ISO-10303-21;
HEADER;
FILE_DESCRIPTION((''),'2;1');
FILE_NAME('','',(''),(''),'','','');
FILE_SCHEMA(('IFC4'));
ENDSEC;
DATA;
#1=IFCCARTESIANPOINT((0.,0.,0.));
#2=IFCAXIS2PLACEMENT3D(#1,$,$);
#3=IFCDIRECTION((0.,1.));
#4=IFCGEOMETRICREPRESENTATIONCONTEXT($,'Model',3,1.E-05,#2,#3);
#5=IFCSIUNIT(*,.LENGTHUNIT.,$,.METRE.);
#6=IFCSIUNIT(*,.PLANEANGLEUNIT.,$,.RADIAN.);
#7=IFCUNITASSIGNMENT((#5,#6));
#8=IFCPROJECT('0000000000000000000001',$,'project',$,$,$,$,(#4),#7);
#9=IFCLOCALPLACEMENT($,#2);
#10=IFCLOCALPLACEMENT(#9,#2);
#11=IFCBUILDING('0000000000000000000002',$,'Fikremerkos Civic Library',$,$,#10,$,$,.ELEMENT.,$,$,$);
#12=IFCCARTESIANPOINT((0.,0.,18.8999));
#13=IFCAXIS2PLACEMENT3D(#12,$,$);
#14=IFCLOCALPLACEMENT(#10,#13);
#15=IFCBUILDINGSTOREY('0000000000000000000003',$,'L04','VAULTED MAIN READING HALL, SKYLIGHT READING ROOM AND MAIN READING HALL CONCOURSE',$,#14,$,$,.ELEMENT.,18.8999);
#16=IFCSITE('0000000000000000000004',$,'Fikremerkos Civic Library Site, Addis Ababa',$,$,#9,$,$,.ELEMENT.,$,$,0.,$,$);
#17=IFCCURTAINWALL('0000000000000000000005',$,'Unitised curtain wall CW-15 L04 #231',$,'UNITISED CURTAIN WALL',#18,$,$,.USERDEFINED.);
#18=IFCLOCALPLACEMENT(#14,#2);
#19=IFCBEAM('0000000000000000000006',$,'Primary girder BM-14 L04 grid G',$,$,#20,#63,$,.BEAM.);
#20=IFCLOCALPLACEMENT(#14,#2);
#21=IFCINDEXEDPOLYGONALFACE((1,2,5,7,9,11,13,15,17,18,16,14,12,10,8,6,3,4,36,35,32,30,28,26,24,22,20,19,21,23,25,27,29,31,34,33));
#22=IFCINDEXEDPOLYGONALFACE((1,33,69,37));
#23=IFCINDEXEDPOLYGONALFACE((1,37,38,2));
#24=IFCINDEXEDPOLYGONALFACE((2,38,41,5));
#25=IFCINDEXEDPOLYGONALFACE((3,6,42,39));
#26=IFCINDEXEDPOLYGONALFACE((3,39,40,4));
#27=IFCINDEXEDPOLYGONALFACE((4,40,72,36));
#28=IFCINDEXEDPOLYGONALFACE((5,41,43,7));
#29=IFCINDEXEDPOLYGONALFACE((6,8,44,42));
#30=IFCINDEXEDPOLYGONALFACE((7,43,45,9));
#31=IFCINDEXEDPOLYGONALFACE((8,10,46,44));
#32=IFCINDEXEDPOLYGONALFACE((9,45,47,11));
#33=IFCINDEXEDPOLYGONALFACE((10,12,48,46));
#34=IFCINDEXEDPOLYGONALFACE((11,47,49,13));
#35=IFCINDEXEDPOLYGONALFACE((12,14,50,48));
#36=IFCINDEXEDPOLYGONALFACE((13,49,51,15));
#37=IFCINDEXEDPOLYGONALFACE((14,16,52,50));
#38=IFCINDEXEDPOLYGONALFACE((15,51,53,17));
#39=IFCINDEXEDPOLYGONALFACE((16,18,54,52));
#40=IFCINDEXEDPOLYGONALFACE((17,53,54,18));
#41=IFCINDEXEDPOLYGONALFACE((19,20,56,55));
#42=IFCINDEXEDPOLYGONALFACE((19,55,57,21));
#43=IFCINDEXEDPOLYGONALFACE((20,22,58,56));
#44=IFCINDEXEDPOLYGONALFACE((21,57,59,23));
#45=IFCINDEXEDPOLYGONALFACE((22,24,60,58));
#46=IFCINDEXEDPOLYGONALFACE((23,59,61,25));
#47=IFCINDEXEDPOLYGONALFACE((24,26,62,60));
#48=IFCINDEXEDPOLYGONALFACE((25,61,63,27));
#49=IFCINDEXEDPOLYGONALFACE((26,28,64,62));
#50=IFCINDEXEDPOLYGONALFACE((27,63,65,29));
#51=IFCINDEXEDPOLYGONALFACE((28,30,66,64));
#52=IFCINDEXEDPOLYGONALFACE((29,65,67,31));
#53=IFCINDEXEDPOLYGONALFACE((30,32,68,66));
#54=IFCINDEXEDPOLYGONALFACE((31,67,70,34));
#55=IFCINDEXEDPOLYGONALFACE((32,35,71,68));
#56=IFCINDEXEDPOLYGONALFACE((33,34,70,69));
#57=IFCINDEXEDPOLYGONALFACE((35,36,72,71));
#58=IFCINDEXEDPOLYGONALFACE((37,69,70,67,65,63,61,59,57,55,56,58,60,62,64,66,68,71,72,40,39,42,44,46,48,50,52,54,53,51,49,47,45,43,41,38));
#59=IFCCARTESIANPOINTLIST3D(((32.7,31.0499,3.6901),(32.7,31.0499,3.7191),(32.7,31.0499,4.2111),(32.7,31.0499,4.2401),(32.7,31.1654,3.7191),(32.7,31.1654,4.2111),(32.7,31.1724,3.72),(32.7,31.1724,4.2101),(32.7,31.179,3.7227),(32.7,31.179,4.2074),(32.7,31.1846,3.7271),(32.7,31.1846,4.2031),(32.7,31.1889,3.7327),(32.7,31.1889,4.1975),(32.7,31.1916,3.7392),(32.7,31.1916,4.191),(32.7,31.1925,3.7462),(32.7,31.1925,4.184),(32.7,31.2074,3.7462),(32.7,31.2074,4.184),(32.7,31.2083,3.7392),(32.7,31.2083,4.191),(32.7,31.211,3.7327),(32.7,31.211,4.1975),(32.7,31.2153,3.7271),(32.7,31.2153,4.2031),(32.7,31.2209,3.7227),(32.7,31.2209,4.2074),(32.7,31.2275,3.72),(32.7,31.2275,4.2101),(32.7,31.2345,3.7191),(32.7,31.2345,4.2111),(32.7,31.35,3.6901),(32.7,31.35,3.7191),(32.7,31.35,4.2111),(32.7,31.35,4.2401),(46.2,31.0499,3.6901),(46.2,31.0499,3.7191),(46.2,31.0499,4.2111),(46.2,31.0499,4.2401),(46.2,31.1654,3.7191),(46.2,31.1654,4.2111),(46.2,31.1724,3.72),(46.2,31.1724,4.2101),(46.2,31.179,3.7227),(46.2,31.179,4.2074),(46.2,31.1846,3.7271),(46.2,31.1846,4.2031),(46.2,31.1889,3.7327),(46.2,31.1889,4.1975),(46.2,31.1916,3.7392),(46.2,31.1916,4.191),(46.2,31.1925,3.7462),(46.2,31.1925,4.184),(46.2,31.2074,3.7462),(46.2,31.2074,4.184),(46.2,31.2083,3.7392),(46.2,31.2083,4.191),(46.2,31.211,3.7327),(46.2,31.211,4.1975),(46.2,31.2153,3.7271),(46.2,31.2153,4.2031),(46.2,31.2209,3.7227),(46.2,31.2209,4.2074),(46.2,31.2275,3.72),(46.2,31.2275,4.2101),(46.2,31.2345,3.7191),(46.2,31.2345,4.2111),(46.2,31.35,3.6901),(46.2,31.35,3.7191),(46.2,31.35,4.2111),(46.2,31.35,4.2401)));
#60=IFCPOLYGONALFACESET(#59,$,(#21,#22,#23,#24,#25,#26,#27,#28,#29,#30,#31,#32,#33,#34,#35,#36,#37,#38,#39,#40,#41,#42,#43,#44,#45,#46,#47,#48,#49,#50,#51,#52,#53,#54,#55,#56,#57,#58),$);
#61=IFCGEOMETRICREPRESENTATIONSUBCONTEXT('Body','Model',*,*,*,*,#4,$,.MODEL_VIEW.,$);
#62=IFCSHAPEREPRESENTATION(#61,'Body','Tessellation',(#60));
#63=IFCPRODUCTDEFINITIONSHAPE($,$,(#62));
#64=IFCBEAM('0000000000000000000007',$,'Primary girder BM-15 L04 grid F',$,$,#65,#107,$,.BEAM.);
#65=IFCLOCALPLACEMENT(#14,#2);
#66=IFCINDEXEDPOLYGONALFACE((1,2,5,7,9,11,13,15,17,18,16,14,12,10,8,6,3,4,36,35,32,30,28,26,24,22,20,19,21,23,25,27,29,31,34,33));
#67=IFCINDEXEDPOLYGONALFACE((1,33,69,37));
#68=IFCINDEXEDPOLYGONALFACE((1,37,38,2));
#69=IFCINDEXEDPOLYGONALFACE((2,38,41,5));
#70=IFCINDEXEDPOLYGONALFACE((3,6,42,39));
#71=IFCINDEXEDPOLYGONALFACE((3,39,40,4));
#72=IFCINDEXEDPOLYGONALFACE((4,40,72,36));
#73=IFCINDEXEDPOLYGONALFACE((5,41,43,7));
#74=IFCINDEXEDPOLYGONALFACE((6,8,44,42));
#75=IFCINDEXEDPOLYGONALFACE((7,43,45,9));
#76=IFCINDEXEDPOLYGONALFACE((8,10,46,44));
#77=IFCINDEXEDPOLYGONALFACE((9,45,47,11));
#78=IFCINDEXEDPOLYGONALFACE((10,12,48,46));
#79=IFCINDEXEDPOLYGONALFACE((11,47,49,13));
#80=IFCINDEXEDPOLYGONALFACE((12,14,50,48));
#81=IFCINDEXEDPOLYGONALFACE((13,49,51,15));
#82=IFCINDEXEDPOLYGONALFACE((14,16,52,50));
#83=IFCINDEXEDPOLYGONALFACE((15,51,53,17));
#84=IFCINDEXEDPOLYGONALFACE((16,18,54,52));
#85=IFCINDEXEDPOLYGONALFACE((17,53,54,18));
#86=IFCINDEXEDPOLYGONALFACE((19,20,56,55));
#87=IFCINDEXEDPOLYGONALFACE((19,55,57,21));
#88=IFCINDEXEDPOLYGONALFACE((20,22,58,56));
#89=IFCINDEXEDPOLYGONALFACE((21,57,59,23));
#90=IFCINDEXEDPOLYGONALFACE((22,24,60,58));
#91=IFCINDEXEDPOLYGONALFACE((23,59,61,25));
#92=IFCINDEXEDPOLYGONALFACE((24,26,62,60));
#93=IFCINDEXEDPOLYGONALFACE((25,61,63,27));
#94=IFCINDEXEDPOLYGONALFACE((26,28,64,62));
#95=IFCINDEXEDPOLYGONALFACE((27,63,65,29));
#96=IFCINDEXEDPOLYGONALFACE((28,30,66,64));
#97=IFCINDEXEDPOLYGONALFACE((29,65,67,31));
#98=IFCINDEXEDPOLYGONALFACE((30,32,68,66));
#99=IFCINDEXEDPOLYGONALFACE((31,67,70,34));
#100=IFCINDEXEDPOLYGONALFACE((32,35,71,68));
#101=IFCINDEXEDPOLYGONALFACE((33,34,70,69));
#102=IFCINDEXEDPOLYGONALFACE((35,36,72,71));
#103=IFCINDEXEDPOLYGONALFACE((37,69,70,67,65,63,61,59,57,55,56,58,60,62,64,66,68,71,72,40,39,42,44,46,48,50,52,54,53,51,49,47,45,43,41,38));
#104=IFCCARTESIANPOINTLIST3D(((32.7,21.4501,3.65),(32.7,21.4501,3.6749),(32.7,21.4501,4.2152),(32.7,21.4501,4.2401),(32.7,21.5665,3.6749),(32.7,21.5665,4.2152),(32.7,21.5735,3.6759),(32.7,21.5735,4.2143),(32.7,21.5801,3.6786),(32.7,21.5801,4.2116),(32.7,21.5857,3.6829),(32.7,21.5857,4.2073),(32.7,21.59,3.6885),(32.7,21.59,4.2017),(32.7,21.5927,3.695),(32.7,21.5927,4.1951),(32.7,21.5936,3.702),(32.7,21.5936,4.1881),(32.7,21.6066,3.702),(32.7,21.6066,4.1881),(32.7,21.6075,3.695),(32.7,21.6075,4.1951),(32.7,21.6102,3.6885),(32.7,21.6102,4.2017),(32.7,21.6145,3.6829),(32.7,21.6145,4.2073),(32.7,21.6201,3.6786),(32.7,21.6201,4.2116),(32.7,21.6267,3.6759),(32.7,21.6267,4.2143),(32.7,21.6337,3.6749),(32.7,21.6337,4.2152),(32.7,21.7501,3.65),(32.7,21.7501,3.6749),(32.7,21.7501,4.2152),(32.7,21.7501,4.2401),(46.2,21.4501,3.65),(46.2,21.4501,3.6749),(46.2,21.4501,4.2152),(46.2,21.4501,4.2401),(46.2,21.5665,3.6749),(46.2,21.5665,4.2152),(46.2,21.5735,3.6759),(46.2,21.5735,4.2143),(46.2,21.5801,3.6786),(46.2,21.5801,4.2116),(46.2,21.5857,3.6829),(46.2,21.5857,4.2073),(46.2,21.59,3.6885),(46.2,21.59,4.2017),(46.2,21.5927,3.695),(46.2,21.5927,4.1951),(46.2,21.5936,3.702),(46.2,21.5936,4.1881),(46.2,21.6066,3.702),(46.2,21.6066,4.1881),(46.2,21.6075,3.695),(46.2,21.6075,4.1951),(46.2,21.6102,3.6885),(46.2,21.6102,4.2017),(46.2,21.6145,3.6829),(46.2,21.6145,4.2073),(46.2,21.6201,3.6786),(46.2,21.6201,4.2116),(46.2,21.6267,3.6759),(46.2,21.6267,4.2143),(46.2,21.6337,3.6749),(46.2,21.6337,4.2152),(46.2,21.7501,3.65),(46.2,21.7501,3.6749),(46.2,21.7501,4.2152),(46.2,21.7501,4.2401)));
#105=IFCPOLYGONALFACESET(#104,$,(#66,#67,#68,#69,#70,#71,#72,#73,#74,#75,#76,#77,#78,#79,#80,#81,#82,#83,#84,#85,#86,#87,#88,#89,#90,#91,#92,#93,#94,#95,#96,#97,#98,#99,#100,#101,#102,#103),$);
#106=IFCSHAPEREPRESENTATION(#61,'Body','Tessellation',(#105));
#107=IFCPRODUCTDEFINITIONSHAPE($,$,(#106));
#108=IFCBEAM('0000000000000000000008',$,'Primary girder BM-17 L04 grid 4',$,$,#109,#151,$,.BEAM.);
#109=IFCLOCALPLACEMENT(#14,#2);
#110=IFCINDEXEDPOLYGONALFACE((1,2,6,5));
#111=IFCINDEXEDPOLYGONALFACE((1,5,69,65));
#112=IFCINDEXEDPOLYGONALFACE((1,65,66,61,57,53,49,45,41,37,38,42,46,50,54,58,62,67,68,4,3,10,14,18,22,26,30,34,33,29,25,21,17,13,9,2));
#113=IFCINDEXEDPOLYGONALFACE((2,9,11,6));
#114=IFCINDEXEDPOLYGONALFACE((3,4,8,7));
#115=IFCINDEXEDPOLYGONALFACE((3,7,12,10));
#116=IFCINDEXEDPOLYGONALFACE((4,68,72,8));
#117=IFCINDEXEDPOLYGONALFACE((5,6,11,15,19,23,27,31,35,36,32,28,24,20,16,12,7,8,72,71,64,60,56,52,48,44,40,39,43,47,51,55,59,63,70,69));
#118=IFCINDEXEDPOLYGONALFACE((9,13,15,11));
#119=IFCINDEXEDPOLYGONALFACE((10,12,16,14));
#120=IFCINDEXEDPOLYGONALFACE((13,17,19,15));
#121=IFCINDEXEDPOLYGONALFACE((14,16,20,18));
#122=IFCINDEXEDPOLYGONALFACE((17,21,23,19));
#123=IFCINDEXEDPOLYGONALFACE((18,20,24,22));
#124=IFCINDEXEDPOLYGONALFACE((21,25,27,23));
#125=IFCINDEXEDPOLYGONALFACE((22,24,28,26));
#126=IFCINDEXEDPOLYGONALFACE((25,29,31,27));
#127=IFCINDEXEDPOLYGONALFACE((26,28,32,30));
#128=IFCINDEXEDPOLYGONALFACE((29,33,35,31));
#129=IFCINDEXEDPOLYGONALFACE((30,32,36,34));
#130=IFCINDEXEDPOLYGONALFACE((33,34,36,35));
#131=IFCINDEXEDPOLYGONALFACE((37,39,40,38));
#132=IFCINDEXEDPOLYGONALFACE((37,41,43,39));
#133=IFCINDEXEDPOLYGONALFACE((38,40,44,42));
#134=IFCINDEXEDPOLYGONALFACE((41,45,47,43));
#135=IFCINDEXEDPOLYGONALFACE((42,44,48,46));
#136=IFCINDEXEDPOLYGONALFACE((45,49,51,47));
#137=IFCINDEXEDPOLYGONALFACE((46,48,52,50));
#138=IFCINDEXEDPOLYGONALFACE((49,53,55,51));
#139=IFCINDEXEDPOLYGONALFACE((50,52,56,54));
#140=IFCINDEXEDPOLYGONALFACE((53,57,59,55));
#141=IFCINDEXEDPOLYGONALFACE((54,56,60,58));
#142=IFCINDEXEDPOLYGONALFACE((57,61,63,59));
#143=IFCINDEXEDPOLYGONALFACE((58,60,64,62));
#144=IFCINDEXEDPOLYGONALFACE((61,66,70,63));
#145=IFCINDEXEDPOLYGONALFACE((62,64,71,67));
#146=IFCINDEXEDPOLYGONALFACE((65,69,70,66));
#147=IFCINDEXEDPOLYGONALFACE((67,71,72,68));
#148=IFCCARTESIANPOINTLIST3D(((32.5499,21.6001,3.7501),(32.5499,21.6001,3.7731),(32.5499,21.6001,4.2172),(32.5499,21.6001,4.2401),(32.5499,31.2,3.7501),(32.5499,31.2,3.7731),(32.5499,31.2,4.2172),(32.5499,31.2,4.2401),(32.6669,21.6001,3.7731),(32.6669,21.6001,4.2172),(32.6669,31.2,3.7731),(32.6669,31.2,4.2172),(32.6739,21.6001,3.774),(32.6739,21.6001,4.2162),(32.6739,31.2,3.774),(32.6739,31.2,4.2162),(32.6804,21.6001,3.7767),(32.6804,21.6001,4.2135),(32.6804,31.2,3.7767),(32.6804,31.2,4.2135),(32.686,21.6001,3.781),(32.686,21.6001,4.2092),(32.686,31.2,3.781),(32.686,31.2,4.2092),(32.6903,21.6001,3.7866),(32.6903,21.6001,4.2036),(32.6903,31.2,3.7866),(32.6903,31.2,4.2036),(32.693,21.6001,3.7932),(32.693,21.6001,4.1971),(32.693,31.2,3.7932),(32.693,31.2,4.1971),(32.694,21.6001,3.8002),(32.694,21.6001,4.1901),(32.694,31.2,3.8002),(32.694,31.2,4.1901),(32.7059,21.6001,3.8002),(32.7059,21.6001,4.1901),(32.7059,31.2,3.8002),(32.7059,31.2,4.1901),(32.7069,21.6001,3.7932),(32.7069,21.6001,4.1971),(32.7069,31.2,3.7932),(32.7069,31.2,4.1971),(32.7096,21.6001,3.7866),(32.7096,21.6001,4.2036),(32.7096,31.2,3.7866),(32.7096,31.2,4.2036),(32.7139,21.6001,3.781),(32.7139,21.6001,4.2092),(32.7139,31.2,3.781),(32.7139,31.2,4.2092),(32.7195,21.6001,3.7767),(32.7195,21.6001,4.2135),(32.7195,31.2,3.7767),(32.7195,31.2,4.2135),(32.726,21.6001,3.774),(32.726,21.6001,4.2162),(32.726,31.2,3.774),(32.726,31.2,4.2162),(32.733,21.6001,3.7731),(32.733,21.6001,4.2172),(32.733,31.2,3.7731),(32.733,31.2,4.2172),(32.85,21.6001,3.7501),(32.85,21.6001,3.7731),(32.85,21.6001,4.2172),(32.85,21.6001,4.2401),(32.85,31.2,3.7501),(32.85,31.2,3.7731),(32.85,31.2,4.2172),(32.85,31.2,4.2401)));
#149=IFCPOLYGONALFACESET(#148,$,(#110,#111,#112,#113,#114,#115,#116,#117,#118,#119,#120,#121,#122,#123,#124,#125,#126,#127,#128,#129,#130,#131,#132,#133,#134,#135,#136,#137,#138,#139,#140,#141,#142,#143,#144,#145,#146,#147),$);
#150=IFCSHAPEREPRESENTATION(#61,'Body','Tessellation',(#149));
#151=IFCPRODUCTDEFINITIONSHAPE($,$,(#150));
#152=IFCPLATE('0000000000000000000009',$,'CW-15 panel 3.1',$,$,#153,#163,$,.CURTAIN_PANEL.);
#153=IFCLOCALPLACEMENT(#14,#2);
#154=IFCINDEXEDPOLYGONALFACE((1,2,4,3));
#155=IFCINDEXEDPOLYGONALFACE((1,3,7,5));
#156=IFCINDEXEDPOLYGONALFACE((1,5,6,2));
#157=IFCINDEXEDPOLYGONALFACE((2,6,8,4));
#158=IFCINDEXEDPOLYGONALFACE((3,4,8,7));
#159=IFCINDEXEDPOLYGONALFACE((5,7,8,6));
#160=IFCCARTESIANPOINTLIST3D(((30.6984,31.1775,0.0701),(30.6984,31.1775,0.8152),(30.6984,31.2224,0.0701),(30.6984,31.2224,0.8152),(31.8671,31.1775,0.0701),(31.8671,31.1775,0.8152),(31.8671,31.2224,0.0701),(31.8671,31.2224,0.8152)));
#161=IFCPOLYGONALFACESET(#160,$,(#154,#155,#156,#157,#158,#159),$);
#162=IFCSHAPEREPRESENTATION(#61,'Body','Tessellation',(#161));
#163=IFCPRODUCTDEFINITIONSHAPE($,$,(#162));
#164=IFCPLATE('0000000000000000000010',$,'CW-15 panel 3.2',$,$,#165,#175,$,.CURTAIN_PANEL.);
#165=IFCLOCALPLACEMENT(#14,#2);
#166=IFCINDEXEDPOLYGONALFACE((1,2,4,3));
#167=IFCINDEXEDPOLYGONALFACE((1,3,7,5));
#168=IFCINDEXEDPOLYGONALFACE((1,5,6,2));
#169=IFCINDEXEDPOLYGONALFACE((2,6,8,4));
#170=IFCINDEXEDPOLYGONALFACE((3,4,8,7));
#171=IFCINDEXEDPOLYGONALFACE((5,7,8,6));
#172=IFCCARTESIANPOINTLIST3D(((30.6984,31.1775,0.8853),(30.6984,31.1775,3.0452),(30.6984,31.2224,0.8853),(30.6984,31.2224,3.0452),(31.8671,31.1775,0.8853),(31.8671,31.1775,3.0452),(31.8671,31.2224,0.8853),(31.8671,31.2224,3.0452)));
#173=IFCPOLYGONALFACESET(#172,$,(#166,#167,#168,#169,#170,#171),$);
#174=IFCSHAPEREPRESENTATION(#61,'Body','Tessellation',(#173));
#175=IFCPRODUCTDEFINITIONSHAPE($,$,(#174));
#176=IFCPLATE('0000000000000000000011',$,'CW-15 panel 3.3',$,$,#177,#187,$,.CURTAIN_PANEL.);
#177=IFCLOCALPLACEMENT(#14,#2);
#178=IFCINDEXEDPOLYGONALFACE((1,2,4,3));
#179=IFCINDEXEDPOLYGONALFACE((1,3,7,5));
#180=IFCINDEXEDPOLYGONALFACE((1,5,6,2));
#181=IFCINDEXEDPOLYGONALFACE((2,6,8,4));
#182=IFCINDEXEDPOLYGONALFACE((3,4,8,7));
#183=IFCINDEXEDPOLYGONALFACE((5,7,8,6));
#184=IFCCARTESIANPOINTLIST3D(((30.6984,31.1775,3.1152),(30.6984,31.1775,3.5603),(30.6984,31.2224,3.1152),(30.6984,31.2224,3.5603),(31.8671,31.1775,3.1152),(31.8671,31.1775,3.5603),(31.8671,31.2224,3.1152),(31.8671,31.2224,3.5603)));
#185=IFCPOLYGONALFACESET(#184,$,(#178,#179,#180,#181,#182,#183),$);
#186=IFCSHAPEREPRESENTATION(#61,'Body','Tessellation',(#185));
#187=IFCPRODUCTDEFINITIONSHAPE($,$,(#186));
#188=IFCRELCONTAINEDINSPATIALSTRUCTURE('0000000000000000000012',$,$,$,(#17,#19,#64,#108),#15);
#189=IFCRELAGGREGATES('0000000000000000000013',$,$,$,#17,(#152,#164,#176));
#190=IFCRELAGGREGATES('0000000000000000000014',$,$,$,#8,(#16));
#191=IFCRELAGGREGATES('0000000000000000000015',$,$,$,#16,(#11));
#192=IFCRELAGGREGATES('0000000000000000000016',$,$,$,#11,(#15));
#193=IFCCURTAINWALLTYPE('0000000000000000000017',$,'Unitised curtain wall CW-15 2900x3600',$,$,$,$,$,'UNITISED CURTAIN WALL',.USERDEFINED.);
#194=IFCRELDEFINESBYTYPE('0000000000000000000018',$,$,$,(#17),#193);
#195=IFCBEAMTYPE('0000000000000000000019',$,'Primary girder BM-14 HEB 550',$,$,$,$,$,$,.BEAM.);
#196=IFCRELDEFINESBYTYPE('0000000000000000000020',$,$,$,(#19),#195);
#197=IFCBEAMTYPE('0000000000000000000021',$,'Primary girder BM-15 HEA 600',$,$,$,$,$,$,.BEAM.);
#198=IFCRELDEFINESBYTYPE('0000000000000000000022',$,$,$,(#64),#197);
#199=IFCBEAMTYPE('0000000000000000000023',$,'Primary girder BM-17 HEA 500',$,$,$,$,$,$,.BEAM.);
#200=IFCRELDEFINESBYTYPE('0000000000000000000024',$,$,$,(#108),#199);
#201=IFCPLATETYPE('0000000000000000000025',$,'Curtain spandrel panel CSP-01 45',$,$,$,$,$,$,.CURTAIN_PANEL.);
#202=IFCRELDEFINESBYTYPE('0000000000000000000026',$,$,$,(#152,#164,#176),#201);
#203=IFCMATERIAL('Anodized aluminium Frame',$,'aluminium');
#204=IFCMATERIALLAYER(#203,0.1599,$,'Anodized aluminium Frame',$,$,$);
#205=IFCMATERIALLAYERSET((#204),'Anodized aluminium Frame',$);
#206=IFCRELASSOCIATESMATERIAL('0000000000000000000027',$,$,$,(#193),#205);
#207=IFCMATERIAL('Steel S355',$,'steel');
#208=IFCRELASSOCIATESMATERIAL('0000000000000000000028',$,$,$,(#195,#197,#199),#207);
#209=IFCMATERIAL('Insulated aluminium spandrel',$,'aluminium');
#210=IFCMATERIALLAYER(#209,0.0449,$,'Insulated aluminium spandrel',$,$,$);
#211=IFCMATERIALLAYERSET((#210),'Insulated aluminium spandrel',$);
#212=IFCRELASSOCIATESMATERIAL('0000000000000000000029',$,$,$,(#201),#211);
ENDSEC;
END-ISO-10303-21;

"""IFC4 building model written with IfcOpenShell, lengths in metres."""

from ifc_helpers import new_model, si_unit, direction, frame, origin, origin_2d, place, context, subcontext, project, spatial, rectangle, i_section, extrude, material, layer, layer_set, material_profile, profile_set, type_object, element, aggregate, save


model = new_model("IFC4")

# Units and contexts
model_context = context("Model", 3, precision=1e-05, world=origin(), true_north=direction((0.0, 1.0)))
body_context = subcontext(model_context, "Body", "Model", "MODEL_VIEW")
ifc_project = project(units=[si_unit("LENGTHUNIT", "METRE"), si_unit("PLANEANGLEUNIT", "RADIAN")], contexts=[model_context])

# Site, building, storey
site_placement = place(None, origin())
site = spatial("IfcSite", under=ifc_project, at=site_placement, Name="Fikremerkos Civic Library Site, Addis Ababa", CompositionType="ELEMENT", RefElevation=0.0)
building_placement = place(site_placement, origin())
building = spatial("IfcBuilding", under=site, at=building_placement, Name="Fikremerkos Civic Library", CompositionType="ELEMENT")
storey_placement = place(building_placement, frame((0.0, 0.0, 18.8999)))
storey = spatial("IfcBuildingStorey", under=building, at=storey_placement, Name="L04", Description="VAULTED MAIN READING HALL, SKYLIGHT READING ROOM AND MAIN READING HALL CONCOURSE", CompositionType="ELEMENT", Elevation=18.8999)

# Curtain wall
ifc_material_1 = material(Name="Anodized aluminium Frame", Category="aluminium")
ifc_layer_1 = layer(ifc_material_1, 0.1599, Name="Anodized aluminium Frame")
ifc_layer_set_1 = layer_set([ifc_layer_1], Name="Anodized aluminium Frame")
curtain_wall_type_1 = type_object("IfcCurtainWallType", Name="Unitised curtain wall CW-15 2900x3600", ElementType="UNITISED CURTAIN WALL", PredefinedType="USERDEFINED", material=ifc_layer_set_1)
curtain_wall_1_placement = place(storey_placement, origin())
curtain_wall_1 = element("IfcCurtainWall", 1, at=curtain_wall_1_placement, inside=storey, type_object=curtain_wall_type_1, Name="Unitised curtain wall CW-15 L04 #231", ObjectType="UNITISED CURTAIN WALL", PredefinedType="USERDEFINED")

# Beams
ifc_material_2 = material(Name="Steel S355", Category="steel")
ifc_material_profile_1 = material_profile(ifc_material_2, i_section(OverallWidth=0.3, OverallDepth=0.55, WebThickness=0.0149, FlangeThickness=0.0291, FilletRadius=0.0271, at=origin_2d()), Name="HEB 550")
ifc_profile_set_1 = profile_set([ifc_material_profile_1], Name="Steel S355")
beam_type_1 = type_object("IfcBeamType", Name="Primary girder BM-14 HEB 550", PredefinedType="BEAM", material=ifc_profile_set_1)
beam_1_placement = place(storey_placement, frame((32.7, 31.2, 3.9651), z_axis=(1.0, 0.0, 0.0), x_axis=(0.0, 1.0, 0.0)))
element("IfcBeam", 2, at=beam_1_placement, inside=storey, type_object=beam_type_1, Name="Primary girder BM-14 L04 grid G", PredefinedType="BEAM", context=body_context, shape_type="SweptSolid", body=[
    extrude(i_section(OverallWidth=0.3, OverallDepth=0.55, WebThickness=0.0149, FlangeThickness=0.0291, FilletRadius=0.0271, at=origin_2d()), origin(), (0.0, 0.0, 1.0), 13.5),
])
ifc_material_profile_2 = material_profile(ifc_material_2, i_section(OverallWidth=0.3, OverallDepth=0.5901, WebThickness=0.0129, FlangeThickness=0.0249, FilletRadius=0.0271, at=origin_2d()), Name="HEA 600")
ifc_profile_set_2 = profile_set([ifc_material_profile_2], Name="Steel S355")
beam_type_2 = type_object("IfcBeamType", Name="Primary girder BM-15 HEA 600", PredefinedType="BEAM", material=ifc_profile_set_2)
beam_2_placement = place(storey_placement, frame((32.7, 21.6001, 3.9451), z_axis=(1.0, 0.0, 0.0), x_axis=(0.0, 1.0, 0.0)))
element("IfcBeam", 3, at=beam_2_placement, inside=storey, type_object=beam_type_2, Name="Primary girder BM-15 L04 grid F", PredefinedType="BEAM", context=body_context, shape_type="SweptSolid", body=[
    extrude(i_section(OverallWidth=0.3, OverallDepth=0.5901, WebThickness=0.0129, FlangeThickness=0.0249, FilletRadius=0.0271, at=origin_2d()), origin(), (0.0, 0.0, 1.0), 13.5),
])
ifc_material_profile_3 = material_profile(ifc_material_2, i_section(OverallWidth=0.3, OverallDepth=0.49, WebThickness=0.012, FlangeThickness=0.0229, FilletRadius=0.0271, at=origin_2d()), Name="HEA 500")
ifc_profile_set_3 = profile_set([ifc_material_profile_3], Name="Steel S355")
beam_type_3 = type_object("IfcBeamType", Name="Primary girder BM-17 HEA 500", PredefinedType="BEAM", material=ifc_profile_set_3)
beam_3_placement = place(storey_placement, frame((32.7, 21.6001, 3.9951), z_axis=(0.0, 1.0, 0.0), x_axis=(-1.0, 0.0, 0.0)))
element("IfcBeam", 4, at=beam_3_placement, inside=storey, type_object=beam_type_3, Name="Primary girder BM-17 L04 grid 4", PredefinedType="BEAM", context=body_context, shape_type="SweptSolid", body=[
    extrude(i_section(OverallWidth=0.3, OverallDepth=0.49, WebThickness=0.012, FlangeThickness=0.0229, FilletRadius=0.0271, at=origin_2d()), origin(), (0.0, 0.0, 1.0), 9.5999),
])

# Plates
ifc_material_3 = material(Name="Insulated aluminium spandrel", Category="aluminium")
ifc_layer_2 = layer(ifc_material_3, 0.0449, Name="Insulated aluminium spandrel")
ifc_layer_set_2 = layer_set([ifc_layer_2], Name="Insulated aluminium spandrel")
plate_type_1 = type_object("IfcPlateType", Name="Curtain spandrel panel CSP-01 45", PredefinedType="CURTAIN_PANEL", material=ifc_layer_set_2)
plate_1_placement = place(storey_placement, frame((31.2827, 31.2, 0.0701), z_axis=(0.0, 0.0, 1.0), x_axis=(1.0, 0.0, 0.0)))
plate_1 = element("IfcPlate", 5, at=plate_1_placement, type_object=plate_type_1, Name="CW-15 panel 3.1", PredefinedType="CURTAIN_PANEL", context=body_context, shape_type="SweptSolid", body=[
    extrude(rectangle(XDim=1.1687, YDim=0.0449, at=origin_2d()), origin(), (0.0, 0.0, 1.0), 0.7451),
])
plate_2_placement = place(storey_placement, frame((31.2827, 31.2, 0.8853), z_axis=(0.0, 0.0, 1.0), x_axis=(1.0, 0.0, 0.0)))
plate_2 = element("IfcPlate", 6, at=plate_2_placement, type_object=plate_type_1, Name="CW-15 panel 3.2", PredefinedType="CURTAIN_PANEL", context=body_context, shape_type="SweptSolid", body=[
    extrude(rectangle(XDim=1.1687, YDim=0.0449, at=origin_2d()), origin(), (0.0, 0.0, 1.0), 2.1599),
])
plate_3_placement = place(storey_placement, frame((31.2827, 31.2, 3.1152), z_axis=(0.0, 0.0, 1.0), x_axis=(1.0, 0.0, 0.0)))
plate_3 = element("IfcPlate", 7, at=plate_3_placement, type_object=plate_type_1, Name="CW-15 panel 3.3", PredefinedType="CURTAIN_PANEL", context=body_context, shape_type="SweptSolid", body=[
    extrude(rectangle(XDim=1.1687, YDim=0.0449, at=origin_2d()), origin(), (0.0, 0.0, 1.0), 0.4451),
])
aggregate(curtain_wall_1, [plate_1, plate_2, plate_3])

save(model, "model.ifc")
